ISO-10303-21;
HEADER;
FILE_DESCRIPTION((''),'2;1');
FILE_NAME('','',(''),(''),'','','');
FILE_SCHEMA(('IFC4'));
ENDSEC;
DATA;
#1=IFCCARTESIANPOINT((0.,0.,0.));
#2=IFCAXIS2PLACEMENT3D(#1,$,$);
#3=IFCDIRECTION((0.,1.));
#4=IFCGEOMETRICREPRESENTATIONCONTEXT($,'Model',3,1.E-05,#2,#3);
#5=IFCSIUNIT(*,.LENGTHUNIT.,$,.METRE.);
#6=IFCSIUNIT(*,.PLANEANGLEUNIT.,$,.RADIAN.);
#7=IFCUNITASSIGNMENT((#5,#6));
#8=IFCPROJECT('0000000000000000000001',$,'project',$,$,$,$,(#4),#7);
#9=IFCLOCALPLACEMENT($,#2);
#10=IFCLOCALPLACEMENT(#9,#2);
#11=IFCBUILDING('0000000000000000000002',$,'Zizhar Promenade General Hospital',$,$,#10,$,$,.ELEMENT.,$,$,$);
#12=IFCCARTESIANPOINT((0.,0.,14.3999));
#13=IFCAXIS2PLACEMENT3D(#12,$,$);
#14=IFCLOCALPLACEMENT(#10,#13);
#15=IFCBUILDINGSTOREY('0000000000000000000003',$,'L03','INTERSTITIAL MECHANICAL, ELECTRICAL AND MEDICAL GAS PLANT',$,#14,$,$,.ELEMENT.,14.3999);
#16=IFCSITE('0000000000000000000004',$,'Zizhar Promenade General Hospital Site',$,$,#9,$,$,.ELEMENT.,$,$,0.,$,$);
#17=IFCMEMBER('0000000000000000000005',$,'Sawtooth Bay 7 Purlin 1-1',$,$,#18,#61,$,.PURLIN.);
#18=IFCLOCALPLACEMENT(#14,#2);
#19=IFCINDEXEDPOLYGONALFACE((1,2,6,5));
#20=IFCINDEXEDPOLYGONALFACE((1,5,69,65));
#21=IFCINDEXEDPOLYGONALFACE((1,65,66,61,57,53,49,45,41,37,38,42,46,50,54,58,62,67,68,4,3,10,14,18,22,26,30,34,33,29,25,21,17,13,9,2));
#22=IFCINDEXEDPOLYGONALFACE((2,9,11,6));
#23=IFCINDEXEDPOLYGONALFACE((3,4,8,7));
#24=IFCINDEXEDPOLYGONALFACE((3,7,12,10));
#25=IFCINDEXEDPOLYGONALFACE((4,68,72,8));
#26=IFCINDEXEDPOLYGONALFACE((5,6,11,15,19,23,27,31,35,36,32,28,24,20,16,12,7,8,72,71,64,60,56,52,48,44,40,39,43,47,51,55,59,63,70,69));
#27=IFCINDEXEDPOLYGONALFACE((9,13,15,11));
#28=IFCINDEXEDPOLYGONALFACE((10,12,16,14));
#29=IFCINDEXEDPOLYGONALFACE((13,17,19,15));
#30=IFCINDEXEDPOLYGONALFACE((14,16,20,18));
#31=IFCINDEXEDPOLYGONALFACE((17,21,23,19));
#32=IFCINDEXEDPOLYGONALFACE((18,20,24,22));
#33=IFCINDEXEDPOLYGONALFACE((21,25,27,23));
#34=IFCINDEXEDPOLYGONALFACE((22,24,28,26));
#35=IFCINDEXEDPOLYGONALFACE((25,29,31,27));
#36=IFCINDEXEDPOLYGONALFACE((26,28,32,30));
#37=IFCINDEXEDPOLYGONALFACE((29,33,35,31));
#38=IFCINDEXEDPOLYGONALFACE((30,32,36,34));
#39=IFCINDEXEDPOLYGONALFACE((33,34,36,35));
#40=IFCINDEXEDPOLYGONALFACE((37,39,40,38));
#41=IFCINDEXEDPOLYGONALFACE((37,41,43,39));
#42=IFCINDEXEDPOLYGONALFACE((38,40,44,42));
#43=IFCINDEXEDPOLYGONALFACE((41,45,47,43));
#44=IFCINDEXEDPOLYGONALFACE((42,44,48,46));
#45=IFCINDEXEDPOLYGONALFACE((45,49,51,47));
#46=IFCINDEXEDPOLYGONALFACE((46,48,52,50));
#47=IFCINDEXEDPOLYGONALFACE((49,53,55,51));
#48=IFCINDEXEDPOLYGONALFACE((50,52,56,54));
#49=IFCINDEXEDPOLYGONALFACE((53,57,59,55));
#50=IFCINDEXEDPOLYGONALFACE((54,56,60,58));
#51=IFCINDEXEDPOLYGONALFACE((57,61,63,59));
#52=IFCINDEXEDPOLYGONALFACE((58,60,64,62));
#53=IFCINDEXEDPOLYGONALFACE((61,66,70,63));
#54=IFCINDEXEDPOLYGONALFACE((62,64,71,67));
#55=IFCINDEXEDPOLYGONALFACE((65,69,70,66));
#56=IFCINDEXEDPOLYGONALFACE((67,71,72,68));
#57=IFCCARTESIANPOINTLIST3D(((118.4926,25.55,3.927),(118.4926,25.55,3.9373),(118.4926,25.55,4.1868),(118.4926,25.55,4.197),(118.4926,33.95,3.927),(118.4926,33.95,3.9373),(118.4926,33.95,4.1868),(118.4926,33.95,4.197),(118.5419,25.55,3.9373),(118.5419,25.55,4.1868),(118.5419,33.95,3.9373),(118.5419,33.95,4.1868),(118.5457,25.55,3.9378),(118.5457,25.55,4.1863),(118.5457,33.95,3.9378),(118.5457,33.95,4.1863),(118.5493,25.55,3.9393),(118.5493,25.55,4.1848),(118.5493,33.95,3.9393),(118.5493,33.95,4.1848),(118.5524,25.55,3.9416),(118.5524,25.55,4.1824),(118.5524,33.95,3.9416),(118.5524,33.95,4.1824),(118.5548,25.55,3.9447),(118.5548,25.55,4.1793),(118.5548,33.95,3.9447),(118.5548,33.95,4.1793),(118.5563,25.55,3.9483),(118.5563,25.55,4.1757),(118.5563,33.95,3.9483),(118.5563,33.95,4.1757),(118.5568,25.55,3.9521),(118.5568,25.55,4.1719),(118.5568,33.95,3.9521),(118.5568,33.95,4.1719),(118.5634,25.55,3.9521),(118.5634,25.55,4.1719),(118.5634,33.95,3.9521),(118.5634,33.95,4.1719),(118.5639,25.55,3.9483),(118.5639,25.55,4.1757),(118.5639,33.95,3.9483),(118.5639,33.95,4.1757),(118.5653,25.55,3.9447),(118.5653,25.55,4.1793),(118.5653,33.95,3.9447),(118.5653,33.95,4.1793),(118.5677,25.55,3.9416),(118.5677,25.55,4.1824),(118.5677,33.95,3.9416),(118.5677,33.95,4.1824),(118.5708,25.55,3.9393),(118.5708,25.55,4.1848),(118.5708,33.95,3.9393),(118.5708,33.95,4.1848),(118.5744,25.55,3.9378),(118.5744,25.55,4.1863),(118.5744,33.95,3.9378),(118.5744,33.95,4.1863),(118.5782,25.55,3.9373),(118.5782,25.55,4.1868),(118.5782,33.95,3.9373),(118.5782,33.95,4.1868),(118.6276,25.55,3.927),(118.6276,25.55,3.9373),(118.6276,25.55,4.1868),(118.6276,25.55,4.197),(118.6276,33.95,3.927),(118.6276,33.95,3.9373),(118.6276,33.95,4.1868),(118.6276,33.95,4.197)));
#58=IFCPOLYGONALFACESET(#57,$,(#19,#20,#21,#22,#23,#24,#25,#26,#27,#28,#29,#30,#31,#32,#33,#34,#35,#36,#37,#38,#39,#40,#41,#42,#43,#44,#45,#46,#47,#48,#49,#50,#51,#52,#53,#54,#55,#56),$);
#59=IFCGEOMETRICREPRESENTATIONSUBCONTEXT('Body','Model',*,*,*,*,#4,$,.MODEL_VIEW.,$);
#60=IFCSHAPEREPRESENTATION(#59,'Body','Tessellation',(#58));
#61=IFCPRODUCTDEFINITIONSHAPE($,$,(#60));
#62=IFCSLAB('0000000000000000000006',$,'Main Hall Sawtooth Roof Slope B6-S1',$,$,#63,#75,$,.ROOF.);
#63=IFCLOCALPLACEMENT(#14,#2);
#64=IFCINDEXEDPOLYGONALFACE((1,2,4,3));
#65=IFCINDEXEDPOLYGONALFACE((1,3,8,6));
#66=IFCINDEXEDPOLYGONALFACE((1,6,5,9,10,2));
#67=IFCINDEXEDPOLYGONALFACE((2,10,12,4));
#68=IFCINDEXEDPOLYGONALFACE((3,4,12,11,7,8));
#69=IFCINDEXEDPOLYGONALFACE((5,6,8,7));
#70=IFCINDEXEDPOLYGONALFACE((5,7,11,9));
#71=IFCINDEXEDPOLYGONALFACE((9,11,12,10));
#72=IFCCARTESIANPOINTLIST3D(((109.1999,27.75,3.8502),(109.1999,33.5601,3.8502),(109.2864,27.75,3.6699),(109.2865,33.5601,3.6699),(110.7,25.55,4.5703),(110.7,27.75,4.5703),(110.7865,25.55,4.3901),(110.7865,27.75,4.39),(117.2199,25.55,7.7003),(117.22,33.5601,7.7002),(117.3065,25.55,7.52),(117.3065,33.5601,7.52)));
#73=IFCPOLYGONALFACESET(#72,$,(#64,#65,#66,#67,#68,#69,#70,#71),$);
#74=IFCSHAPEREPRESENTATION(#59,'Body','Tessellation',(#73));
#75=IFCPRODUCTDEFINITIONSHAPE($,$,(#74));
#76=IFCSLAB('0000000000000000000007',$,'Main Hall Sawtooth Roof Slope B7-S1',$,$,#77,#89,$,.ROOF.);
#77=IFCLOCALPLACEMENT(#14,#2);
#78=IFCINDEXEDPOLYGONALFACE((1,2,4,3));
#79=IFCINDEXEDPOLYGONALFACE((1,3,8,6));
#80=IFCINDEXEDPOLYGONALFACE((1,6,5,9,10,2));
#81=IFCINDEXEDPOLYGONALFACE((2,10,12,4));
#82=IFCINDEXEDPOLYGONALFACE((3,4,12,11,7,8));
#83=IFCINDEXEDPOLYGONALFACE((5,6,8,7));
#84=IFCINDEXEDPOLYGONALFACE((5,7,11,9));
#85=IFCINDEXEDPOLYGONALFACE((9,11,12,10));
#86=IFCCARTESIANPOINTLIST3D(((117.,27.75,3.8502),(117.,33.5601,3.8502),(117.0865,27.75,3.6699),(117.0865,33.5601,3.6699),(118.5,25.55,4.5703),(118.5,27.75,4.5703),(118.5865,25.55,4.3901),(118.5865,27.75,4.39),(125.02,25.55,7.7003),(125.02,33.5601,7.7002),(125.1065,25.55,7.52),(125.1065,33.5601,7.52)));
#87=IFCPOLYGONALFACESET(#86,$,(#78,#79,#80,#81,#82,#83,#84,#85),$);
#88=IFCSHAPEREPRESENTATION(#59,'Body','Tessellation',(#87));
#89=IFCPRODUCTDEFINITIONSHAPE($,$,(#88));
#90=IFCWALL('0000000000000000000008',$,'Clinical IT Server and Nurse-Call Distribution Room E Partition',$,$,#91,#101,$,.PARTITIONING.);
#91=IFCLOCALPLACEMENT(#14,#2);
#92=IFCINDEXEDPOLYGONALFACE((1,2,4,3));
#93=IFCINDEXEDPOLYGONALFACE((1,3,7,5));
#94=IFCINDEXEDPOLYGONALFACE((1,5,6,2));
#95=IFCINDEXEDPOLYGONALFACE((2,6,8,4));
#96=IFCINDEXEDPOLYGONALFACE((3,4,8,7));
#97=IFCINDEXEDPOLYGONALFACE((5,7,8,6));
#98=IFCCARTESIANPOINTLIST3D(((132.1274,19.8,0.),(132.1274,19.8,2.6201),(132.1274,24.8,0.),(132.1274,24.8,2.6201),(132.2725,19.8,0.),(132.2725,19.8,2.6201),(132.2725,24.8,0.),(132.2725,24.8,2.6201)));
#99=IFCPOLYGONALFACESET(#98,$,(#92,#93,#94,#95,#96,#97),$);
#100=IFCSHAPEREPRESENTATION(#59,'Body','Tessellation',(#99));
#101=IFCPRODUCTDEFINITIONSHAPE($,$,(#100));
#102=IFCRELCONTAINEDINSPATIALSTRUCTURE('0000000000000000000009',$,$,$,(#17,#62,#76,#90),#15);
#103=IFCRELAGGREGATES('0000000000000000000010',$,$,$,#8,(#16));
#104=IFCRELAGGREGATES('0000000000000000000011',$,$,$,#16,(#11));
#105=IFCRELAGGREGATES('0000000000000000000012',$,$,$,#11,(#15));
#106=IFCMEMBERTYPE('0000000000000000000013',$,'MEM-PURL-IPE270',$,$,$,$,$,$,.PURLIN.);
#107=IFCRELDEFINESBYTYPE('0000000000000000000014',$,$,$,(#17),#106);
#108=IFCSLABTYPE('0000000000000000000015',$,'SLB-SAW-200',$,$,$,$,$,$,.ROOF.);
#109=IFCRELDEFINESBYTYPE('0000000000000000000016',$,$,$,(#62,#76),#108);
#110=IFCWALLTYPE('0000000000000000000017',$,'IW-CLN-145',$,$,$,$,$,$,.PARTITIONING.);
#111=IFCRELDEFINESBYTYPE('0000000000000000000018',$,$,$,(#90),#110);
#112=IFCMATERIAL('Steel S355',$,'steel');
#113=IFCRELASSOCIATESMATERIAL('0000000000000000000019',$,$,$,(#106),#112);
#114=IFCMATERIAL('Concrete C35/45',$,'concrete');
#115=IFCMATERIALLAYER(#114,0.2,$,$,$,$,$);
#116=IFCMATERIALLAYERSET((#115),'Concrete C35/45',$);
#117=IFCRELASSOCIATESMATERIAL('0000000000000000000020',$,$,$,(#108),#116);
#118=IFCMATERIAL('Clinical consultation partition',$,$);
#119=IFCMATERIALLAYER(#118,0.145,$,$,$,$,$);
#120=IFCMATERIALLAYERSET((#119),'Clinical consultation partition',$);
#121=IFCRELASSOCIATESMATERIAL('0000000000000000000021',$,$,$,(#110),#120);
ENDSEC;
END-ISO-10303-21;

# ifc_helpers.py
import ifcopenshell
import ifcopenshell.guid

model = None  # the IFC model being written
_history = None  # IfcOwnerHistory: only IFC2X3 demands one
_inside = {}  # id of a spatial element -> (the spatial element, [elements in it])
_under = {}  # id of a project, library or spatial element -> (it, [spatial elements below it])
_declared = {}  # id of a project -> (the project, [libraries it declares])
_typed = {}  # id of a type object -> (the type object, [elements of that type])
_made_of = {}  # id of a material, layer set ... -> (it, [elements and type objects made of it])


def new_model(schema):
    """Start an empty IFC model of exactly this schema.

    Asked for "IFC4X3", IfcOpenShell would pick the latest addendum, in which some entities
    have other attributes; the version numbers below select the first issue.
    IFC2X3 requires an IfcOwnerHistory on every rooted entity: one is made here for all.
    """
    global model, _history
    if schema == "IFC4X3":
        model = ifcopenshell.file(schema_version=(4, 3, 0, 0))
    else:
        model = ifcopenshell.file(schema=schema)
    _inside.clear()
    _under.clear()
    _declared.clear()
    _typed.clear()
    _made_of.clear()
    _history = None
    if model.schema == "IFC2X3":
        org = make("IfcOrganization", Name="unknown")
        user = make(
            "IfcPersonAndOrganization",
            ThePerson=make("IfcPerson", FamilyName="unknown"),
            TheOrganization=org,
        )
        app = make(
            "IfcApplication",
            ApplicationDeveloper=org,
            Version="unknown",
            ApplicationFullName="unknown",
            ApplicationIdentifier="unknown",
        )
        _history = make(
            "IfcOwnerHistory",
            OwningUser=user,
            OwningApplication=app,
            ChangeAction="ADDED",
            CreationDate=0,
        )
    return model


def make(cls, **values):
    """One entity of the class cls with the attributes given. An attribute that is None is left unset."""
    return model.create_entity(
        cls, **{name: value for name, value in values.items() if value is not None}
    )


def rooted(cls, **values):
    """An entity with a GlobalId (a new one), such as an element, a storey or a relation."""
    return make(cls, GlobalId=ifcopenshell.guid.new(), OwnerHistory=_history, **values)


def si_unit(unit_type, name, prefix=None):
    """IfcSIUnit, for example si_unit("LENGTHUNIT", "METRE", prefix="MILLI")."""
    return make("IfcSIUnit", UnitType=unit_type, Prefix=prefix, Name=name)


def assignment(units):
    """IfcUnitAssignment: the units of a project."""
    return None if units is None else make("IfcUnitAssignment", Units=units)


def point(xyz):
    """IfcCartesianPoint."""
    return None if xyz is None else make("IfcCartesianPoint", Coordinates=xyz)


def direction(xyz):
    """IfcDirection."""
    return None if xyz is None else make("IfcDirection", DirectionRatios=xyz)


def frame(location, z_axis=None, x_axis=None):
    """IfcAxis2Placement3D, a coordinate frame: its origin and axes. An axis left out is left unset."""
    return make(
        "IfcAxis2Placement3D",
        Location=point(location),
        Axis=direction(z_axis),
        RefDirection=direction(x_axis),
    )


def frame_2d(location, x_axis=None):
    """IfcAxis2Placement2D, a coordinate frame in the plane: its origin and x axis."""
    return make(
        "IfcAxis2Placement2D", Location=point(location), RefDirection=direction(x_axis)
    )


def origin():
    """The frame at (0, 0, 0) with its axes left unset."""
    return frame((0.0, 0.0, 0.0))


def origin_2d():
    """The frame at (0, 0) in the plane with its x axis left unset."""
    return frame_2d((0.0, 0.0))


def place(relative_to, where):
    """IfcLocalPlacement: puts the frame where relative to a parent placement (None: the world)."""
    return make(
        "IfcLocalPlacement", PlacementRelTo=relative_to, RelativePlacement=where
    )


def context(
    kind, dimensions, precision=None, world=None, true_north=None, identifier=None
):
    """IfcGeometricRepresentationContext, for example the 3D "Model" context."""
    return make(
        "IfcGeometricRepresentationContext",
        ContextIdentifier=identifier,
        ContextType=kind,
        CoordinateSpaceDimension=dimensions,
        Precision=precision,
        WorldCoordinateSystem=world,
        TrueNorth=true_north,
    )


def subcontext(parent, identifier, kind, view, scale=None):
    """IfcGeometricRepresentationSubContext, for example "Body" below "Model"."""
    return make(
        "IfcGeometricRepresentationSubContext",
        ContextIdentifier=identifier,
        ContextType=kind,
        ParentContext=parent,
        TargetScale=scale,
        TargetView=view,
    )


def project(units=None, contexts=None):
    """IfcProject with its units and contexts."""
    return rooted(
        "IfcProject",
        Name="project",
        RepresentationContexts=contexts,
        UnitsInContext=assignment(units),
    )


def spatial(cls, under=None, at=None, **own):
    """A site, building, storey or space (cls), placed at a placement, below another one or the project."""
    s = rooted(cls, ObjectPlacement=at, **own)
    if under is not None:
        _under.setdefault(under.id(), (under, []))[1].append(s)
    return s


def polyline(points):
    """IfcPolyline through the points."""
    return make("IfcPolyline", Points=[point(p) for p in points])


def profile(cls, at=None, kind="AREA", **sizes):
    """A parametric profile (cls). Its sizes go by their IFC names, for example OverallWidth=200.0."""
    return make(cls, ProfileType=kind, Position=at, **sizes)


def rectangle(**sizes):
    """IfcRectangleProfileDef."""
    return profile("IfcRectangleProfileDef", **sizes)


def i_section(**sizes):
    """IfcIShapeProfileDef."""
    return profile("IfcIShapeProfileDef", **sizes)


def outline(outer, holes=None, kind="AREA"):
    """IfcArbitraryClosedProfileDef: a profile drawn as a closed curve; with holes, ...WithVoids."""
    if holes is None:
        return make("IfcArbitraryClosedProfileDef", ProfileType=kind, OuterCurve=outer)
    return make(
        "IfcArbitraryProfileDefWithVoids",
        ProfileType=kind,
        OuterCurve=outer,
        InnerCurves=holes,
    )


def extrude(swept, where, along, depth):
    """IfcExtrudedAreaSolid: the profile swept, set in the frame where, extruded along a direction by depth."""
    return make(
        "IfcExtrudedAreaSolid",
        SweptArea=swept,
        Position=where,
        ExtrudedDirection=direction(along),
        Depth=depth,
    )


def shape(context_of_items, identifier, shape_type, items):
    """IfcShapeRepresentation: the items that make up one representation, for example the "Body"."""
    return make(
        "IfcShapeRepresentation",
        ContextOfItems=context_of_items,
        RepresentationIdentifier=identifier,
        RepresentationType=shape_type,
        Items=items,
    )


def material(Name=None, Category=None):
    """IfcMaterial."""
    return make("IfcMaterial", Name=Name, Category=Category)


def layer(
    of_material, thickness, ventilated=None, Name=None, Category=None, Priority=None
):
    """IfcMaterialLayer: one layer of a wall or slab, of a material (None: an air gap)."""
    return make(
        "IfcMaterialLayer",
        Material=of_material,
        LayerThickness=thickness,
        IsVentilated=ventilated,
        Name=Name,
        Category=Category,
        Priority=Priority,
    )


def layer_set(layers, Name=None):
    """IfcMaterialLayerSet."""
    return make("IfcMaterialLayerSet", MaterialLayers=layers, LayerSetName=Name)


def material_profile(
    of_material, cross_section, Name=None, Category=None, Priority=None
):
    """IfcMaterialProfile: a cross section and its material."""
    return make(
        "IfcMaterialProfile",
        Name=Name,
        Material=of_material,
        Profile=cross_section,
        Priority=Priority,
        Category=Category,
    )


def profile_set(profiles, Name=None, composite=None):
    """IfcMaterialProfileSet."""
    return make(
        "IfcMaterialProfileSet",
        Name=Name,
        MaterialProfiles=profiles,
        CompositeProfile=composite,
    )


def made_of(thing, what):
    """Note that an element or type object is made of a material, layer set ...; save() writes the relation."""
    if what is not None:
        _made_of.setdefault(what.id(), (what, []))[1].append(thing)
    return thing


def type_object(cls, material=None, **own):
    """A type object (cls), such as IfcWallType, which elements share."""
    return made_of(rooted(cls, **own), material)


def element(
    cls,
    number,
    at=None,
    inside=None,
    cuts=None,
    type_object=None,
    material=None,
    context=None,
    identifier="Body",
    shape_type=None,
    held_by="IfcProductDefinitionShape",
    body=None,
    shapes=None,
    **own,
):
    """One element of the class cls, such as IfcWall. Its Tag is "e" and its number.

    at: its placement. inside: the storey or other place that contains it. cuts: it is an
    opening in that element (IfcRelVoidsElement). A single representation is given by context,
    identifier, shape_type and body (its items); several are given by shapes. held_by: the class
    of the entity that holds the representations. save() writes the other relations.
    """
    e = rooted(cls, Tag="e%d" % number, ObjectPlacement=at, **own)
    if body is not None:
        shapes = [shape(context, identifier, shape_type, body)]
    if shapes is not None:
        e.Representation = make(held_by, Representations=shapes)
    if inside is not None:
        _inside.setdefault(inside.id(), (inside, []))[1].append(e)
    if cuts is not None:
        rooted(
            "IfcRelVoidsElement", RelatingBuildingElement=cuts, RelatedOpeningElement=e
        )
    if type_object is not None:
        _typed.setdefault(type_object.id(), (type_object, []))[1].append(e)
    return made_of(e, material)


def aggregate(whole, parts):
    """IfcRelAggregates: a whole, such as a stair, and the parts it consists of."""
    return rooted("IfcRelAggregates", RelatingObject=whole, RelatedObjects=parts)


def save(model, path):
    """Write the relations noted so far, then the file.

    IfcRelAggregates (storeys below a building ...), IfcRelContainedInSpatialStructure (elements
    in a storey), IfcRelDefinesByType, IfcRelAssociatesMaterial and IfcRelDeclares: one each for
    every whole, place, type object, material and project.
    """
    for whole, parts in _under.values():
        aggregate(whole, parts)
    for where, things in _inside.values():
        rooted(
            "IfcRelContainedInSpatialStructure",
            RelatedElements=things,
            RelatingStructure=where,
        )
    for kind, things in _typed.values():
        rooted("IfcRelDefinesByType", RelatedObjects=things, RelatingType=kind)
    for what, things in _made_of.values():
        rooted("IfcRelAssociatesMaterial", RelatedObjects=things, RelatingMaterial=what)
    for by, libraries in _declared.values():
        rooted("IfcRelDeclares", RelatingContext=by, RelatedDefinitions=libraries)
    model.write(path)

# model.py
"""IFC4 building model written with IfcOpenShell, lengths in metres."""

from ifc_helpers import new_model, si_unit, direction, frame, frame_2d, origin, origin_2d, place, context, subcontext, project, spatial, polyline, rectangle, i_section, outline, extrude, material, layer, layer_set, material_profile, profile_set, type_object, element, save


model = new_model("IFC4")

# Units and contexts
model_context = context("Model", 3, precision=1e-05, world=origin(), true_north=direction((0.0, 1.0)))
body_context = subcontext(model_context, "Body", "Model", "MODEL_VIEW")
ifc_project = project(units=[si_unit("LENGTHUNIT", "METRE"), si_unit("PLANEANGLEUNIT", "RADIAN")], contexts=[model_context])

# Site, building, storey
site_placement = place(None, origin())
site = spatial("IfcSite", under=ifc_project, at=site_placement, Name="Zizhar Promenade General Hospital Site", CompositionType="ELEMENT", RefElevation=0.0)
building_placement = place(site_placement, origin())
building = spatial("IfcBuilding", under=site, at=building_placement, Name="Zizhar Promenade General Hospital", CompositionType="ELEMENT")
storey_placement = place(building_placement, frame((0.0, 0.0, 14.3999)))
storey = spatial("IfcBuildingStorey", under=building, at=storey_placement, Name="L03", Description="INTERSTITIAL MECHANICAL, ELECTRICAL AND MEDICAL GAS PLANT", CompositionType="ELEMENT", Elevation=14.3999)

# Member
ifc_material_1 = material(Name="Steel S355", Category="steel")
ifc_material_profile_1 = material_profile(ifc_material_1, i_section(OverallWidth=0.135, OverallDepth=0.27, WebThickness=0.0066, FlangeThickness=0.0103, FilletRadius=0.0149, at=origin_2d()))
ifc_profile_set_1 = profile_set([ifc_material_profile_1], Name="Steel S355")
member_type_1 = type_object("IfcMemberType", Name="MEM-PURL-IPE270", PredefinedType="PURLIN", material=ifc_profile_set_1)
for number, where, z_axis, x_axis, name in (
    (1, (118.5601, 25.55, 4.062), (0.0, 1.0, 0.0), (-1.0, 0.0, 0.0), "Sawtooth Bay 7 Purlin 1-1"),
):
    element("IfcMember", number, at=place(storey_placement, frame(where, z_axis=z_axis, x_axis=x_axis)), inside=storey, type_object=member_type_1, Name=name, PredefinedType="PURLIN", context=body_context, shape_type="SweptSolid", body=[
        extrude(i_section(OverallWidth=0.135, OverallDepth=0.27, WebThickness=0.0066, FlangeThickness=0.0103, FilletRadius=0.0149, at=origin_2d()), origin(), (0.0, 0.0, 1.0), 8.3999),
    ])

# Slabs
ifc_material_2 = material(Name="Concrete C35/45", Category="concrete")
ifc_layer_1 = layer(ifc_material_2, 0.2)
ifc_layer_set_1 = layer_set([ifc_layer_1], Name="Concrete C35/45")
slab_type = type_object("IfcSlabType", Name="SLB-SAW-200", PredefinedType="ROOF", material=ifc_layer_set_1)
for number, where, z_axis, x_axis, name in (
    (2, (110.7, 25.55, 4.5703), (-0.432772, 0.000007, 0.901503), (0.901503, 0.0, 0.432772), "Main Hall Sawtooth Roof Slope B6-S1"),
    (3, (118.5, 25.55, 4.5703), (-0.432772, 0.000007, 0.901503), (0.901503, 0.0, 0.432772), "Main Hall Sawtooth Roof Slope B7-S1"),
):
    element("IfcSlab", number, at=place(storey_placement, frame(where, z_axis=z_axis, x_axis=x_axis)), inside=storey, type_object=slab_type, Name=name, PredefinedType="ROOF", context=body_context, shape_type="SweptSolid", body=[
        extrude(outline(polyline([(0.0, 0.0), (7.2323, 0.0), (7.2323, 8.01), (-1.6639, 8.01), (-1.6639, 2.2), (0.0, 2.2), (0.0, 0.0)])), origin(), (0.0, 0.0, -1.0), 0.2),
    ])

# Wall
ifc_material_3 = material(Name="Clinical consultation partition")
ifc_layer_2 = layer(ifc_material_3, 0.145)
ifc_layer_set_2 = layer_set([ifc_layer_2], Name="Clinical consultation partition")
wall_type = type_object("IfcWallType", Name="IW-CLN-145", PredefinedType="PARTITIONING", material=ifc_layer_set_2)
wall_placement = place(storey_placement, frame((132.2, 19.8, 0.0), z_axis=(0.0, 0.0, 1.0), x_axis=(0.0, 1.0, 0.0)))
element("IfcWall", 4, at=wall_placement, inside=storey, type_object=wall_type, Name="Clinical IT Server and Nurse-Call Distribution Room E Partition", PredefinedType="PARTITIONING", context=body_context, shape_type="SweptSolid", body=[
    extrude(rectangle(XDim=5.0, YDim=0.145, at=frame_2d((2.5, 0.0))), origin(), (0.0, 0.0, 1.0), 2.6201),
])

save(model, "model.ifc")
